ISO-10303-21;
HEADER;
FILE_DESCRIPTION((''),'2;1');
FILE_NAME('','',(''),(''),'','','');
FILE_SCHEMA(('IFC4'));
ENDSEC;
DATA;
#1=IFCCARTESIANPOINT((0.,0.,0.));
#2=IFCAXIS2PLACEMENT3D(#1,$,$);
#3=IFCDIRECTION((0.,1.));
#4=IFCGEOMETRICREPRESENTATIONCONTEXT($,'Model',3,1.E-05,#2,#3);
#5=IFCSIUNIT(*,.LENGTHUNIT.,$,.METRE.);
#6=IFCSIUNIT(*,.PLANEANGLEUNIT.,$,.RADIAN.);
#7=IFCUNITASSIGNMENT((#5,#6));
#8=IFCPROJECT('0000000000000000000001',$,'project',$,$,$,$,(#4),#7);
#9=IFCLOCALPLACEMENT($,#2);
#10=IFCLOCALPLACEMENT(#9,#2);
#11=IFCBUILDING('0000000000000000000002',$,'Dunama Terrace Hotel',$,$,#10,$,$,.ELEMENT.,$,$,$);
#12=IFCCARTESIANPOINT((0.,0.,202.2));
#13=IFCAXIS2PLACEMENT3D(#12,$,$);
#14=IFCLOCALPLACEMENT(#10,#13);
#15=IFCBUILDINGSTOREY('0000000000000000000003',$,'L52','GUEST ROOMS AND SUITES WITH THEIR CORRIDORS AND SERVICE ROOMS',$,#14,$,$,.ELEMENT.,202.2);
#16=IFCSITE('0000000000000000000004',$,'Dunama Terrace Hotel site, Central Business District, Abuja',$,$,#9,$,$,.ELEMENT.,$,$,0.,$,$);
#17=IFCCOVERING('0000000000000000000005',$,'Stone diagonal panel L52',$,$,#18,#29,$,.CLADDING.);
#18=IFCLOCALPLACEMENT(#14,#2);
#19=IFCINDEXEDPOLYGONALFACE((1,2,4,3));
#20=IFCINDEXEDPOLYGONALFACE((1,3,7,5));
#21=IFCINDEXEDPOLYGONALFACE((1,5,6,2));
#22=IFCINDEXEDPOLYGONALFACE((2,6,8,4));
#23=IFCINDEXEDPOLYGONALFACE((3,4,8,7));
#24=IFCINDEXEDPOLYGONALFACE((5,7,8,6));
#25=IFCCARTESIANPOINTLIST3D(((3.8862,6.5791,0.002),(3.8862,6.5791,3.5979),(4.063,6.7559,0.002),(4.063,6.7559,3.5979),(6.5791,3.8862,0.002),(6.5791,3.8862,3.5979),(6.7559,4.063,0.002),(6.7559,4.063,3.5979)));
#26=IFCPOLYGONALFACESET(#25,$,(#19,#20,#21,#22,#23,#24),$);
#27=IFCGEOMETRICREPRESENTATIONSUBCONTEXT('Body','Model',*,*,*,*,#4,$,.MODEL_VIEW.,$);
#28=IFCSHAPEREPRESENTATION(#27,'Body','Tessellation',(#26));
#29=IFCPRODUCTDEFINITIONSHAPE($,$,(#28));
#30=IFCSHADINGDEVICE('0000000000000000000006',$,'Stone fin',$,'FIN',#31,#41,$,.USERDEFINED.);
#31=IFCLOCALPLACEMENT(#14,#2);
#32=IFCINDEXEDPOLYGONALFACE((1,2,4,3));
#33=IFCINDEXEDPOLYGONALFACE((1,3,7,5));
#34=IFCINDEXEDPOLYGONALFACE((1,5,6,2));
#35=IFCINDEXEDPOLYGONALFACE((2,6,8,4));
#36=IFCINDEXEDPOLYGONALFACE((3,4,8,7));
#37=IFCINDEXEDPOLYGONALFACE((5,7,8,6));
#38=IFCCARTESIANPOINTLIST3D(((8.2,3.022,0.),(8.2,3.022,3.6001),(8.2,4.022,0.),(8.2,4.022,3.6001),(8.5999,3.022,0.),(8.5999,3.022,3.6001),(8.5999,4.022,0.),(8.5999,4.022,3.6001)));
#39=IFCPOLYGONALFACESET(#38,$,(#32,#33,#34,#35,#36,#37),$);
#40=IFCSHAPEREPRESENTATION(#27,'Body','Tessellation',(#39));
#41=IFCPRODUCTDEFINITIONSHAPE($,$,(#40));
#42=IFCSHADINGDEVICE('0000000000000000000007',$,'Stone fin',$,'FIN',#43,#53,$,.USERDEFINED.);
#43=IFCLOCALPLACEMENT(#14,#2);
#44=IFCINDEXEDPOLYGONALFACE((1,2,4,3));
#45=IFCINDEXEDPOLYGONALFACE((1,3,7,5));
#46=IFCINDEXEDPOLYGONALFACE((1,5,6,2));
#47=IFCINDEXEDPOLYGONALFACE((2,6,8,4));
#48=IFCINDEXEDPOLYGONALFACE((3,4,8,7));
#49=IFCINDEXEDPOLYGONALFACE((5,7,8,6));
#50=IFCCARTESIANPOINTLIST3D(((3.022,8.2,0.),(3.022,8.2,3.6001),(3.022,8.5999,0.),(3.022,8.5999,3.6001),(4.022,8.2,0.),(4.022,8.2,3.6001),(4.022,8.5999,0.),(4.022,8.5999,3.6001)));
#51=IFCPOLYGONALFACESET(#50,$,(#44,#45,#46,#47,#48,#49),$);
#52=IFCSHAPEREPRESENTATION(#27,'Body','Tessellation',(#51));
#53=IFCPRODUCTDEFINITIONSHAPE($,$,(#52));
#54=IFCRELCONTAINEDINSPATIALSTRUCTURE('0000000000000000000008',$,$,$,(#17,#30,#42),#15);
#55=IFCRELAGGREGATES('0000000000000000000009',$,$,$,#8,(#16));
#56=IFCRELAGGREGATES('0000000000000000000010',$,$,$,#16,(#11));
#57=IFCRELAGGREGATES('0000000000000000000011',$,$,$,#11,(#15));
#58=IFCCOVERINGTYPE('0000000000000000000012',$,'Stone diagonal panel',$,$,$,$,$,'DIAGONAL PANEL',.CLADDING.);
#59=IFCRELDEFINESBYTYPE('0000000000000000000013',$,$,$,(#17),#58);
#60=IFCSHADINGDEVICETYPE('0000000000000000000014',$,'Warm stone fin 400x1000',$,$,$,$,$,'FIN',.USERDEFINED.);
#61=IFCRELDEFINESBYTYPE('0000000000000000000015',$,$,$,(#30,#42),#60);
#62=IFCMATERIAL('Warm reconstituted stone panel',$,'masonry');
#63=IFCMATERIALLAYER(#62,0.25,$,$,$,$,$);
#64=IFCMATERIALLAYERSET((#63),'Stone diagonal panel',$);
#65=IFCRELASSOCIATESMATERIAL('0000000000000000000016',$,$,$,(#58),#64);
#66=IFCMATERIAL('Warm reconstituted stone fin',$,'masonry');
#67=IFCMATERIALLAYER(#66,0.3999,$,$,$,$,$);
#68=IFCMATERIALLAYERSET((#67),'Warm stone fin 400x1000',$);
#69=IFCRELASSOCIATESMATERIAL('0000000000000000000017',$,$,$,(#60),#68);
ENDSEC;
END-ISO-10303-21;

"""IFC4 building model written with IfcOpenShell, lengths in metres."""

from ifc_helpers import new_model, si_unit, direction, frame, origin, origin_2d, place, context, subcontext, project, spatial, rectangle, extrude, material, layer, layer_set, type_object, element, save


model = new_model("IFC4")

# Units and contexts
model_context = context("Model", 3, precision=1e-05, world=origin(), true_north=direction((0.0, 1.0)))
body_context = subcontext(model_context, "Body", "Model", "MODEL_VIEW")
ifc_project = project(units=[si_unit("LENGTHUNIT", "METRE"), si_unit("PLANEANGLEUNIT", "RADIAN")], contexts=[model_context])

# Site, building, storey
site_placement = place(None, origin())
site = spatial("IfcSite", under=ifc_project, at=site_placement, Name="Dunama Terrace Hotel site, Central Business District, Abuja", CompositionType="ELEMENT", RefElevation=0.0)
building_placement = place(site_placement, origin())
building = spatial("IfcBuilding", under=site, at=building_placement, Name="Dunama Terrace Hotel", CompositionType="ELEMENT")
storey_placement = place(building_placement, frame((0.0, 0.0, 202.2)))
storey = spatial("IfcBuildingStorey", under=building, at=storey_placement, Name="L52", Description="GUEST ROOMS AND SUITES WITH THEIR CORRIDORS AND SERVICE ROOMS", CompositionType="ELEMENT", Elevation=202.2)

# Covering
ifc_material_1 = material(Name="Warm reconstituted stone panel", Category="masonry")
ifc_layer_1 = layer(ifc_material_1, 0.25)
ifc_layer_set_1 = layer_set([ifc_layer_1], Name="Stone diagonal panel")
covering_type = type_object("IfcCoveringType", Name="Stone diagonal panel", ElementType="DIAGONAL PANEL", PredefinedType="CLADDING", material=ifc_layer_set_1)
covering_placement = place(storey_placement, frame((5.321, 5.321, 0.002), z_axis=(0.0, 0.0, 1.0), x_axis=(0.707107, -0.707107, 0.0)))
element("IfcCovering", 1, at=covering_placement, inside=storey, type_object=covering_type, Name="Stone diagonal panel L52", PredefinedType="CLADDING", context=body_context, shape_type="SweptSolid", body=[
    extrude(rectangle(XDim=3.8083, YDim=0.25, at=origin_2d()), origin(), (0.0, 0.0, 1.0), 3.5959),
])

# Shading devices
ifc_material_2 = material(Name="Warm reconstituted stone fin", Category="masonry")
ifc_layer_2 = layer(ifc_material_2, 0.3999)
ifc_layer_set_2 = layer_set([ifc_layer_2], Name="Warm stone fin 400x1000")
shading_device_type = type_object("IfcShadingDeviceType", Name="Warm stone fin 400x1000", ElementType="FIN", PredefinedType="USERDEFINED", material=ifc_layer_set_2)
for number, where, z_axis, x_axis, name in (
    (2, (8.3999, 3.522, 0.0), (0.0, 0.0, 1.0), (1.0, 0.0, 0.0), "Stone fin"),
    (3, (3.522, 8.3999, 0.0), (0.0, 0.0, 1.0), (0.0, -1.0, 0.0), "Stone fin"),
):
    element("IfcShadingDevice", number, at=place(storey_placement, frame(where, z_axis=z_axis, x_axis=x_axis)), inside=storey, type_object=shading_device_type, Name=name, ObjectType="FIN", PredefinedType="USERDEFINED", context=body_context, shape_type="SweptSolid", body=[
        extrude(rectangle(XDim=0.3999, YDim=1.0, at=origin_2d()), origin(), (0.0, 0.0, 1.0), 3.6001),
    ])

save(model, "model.ifc")
